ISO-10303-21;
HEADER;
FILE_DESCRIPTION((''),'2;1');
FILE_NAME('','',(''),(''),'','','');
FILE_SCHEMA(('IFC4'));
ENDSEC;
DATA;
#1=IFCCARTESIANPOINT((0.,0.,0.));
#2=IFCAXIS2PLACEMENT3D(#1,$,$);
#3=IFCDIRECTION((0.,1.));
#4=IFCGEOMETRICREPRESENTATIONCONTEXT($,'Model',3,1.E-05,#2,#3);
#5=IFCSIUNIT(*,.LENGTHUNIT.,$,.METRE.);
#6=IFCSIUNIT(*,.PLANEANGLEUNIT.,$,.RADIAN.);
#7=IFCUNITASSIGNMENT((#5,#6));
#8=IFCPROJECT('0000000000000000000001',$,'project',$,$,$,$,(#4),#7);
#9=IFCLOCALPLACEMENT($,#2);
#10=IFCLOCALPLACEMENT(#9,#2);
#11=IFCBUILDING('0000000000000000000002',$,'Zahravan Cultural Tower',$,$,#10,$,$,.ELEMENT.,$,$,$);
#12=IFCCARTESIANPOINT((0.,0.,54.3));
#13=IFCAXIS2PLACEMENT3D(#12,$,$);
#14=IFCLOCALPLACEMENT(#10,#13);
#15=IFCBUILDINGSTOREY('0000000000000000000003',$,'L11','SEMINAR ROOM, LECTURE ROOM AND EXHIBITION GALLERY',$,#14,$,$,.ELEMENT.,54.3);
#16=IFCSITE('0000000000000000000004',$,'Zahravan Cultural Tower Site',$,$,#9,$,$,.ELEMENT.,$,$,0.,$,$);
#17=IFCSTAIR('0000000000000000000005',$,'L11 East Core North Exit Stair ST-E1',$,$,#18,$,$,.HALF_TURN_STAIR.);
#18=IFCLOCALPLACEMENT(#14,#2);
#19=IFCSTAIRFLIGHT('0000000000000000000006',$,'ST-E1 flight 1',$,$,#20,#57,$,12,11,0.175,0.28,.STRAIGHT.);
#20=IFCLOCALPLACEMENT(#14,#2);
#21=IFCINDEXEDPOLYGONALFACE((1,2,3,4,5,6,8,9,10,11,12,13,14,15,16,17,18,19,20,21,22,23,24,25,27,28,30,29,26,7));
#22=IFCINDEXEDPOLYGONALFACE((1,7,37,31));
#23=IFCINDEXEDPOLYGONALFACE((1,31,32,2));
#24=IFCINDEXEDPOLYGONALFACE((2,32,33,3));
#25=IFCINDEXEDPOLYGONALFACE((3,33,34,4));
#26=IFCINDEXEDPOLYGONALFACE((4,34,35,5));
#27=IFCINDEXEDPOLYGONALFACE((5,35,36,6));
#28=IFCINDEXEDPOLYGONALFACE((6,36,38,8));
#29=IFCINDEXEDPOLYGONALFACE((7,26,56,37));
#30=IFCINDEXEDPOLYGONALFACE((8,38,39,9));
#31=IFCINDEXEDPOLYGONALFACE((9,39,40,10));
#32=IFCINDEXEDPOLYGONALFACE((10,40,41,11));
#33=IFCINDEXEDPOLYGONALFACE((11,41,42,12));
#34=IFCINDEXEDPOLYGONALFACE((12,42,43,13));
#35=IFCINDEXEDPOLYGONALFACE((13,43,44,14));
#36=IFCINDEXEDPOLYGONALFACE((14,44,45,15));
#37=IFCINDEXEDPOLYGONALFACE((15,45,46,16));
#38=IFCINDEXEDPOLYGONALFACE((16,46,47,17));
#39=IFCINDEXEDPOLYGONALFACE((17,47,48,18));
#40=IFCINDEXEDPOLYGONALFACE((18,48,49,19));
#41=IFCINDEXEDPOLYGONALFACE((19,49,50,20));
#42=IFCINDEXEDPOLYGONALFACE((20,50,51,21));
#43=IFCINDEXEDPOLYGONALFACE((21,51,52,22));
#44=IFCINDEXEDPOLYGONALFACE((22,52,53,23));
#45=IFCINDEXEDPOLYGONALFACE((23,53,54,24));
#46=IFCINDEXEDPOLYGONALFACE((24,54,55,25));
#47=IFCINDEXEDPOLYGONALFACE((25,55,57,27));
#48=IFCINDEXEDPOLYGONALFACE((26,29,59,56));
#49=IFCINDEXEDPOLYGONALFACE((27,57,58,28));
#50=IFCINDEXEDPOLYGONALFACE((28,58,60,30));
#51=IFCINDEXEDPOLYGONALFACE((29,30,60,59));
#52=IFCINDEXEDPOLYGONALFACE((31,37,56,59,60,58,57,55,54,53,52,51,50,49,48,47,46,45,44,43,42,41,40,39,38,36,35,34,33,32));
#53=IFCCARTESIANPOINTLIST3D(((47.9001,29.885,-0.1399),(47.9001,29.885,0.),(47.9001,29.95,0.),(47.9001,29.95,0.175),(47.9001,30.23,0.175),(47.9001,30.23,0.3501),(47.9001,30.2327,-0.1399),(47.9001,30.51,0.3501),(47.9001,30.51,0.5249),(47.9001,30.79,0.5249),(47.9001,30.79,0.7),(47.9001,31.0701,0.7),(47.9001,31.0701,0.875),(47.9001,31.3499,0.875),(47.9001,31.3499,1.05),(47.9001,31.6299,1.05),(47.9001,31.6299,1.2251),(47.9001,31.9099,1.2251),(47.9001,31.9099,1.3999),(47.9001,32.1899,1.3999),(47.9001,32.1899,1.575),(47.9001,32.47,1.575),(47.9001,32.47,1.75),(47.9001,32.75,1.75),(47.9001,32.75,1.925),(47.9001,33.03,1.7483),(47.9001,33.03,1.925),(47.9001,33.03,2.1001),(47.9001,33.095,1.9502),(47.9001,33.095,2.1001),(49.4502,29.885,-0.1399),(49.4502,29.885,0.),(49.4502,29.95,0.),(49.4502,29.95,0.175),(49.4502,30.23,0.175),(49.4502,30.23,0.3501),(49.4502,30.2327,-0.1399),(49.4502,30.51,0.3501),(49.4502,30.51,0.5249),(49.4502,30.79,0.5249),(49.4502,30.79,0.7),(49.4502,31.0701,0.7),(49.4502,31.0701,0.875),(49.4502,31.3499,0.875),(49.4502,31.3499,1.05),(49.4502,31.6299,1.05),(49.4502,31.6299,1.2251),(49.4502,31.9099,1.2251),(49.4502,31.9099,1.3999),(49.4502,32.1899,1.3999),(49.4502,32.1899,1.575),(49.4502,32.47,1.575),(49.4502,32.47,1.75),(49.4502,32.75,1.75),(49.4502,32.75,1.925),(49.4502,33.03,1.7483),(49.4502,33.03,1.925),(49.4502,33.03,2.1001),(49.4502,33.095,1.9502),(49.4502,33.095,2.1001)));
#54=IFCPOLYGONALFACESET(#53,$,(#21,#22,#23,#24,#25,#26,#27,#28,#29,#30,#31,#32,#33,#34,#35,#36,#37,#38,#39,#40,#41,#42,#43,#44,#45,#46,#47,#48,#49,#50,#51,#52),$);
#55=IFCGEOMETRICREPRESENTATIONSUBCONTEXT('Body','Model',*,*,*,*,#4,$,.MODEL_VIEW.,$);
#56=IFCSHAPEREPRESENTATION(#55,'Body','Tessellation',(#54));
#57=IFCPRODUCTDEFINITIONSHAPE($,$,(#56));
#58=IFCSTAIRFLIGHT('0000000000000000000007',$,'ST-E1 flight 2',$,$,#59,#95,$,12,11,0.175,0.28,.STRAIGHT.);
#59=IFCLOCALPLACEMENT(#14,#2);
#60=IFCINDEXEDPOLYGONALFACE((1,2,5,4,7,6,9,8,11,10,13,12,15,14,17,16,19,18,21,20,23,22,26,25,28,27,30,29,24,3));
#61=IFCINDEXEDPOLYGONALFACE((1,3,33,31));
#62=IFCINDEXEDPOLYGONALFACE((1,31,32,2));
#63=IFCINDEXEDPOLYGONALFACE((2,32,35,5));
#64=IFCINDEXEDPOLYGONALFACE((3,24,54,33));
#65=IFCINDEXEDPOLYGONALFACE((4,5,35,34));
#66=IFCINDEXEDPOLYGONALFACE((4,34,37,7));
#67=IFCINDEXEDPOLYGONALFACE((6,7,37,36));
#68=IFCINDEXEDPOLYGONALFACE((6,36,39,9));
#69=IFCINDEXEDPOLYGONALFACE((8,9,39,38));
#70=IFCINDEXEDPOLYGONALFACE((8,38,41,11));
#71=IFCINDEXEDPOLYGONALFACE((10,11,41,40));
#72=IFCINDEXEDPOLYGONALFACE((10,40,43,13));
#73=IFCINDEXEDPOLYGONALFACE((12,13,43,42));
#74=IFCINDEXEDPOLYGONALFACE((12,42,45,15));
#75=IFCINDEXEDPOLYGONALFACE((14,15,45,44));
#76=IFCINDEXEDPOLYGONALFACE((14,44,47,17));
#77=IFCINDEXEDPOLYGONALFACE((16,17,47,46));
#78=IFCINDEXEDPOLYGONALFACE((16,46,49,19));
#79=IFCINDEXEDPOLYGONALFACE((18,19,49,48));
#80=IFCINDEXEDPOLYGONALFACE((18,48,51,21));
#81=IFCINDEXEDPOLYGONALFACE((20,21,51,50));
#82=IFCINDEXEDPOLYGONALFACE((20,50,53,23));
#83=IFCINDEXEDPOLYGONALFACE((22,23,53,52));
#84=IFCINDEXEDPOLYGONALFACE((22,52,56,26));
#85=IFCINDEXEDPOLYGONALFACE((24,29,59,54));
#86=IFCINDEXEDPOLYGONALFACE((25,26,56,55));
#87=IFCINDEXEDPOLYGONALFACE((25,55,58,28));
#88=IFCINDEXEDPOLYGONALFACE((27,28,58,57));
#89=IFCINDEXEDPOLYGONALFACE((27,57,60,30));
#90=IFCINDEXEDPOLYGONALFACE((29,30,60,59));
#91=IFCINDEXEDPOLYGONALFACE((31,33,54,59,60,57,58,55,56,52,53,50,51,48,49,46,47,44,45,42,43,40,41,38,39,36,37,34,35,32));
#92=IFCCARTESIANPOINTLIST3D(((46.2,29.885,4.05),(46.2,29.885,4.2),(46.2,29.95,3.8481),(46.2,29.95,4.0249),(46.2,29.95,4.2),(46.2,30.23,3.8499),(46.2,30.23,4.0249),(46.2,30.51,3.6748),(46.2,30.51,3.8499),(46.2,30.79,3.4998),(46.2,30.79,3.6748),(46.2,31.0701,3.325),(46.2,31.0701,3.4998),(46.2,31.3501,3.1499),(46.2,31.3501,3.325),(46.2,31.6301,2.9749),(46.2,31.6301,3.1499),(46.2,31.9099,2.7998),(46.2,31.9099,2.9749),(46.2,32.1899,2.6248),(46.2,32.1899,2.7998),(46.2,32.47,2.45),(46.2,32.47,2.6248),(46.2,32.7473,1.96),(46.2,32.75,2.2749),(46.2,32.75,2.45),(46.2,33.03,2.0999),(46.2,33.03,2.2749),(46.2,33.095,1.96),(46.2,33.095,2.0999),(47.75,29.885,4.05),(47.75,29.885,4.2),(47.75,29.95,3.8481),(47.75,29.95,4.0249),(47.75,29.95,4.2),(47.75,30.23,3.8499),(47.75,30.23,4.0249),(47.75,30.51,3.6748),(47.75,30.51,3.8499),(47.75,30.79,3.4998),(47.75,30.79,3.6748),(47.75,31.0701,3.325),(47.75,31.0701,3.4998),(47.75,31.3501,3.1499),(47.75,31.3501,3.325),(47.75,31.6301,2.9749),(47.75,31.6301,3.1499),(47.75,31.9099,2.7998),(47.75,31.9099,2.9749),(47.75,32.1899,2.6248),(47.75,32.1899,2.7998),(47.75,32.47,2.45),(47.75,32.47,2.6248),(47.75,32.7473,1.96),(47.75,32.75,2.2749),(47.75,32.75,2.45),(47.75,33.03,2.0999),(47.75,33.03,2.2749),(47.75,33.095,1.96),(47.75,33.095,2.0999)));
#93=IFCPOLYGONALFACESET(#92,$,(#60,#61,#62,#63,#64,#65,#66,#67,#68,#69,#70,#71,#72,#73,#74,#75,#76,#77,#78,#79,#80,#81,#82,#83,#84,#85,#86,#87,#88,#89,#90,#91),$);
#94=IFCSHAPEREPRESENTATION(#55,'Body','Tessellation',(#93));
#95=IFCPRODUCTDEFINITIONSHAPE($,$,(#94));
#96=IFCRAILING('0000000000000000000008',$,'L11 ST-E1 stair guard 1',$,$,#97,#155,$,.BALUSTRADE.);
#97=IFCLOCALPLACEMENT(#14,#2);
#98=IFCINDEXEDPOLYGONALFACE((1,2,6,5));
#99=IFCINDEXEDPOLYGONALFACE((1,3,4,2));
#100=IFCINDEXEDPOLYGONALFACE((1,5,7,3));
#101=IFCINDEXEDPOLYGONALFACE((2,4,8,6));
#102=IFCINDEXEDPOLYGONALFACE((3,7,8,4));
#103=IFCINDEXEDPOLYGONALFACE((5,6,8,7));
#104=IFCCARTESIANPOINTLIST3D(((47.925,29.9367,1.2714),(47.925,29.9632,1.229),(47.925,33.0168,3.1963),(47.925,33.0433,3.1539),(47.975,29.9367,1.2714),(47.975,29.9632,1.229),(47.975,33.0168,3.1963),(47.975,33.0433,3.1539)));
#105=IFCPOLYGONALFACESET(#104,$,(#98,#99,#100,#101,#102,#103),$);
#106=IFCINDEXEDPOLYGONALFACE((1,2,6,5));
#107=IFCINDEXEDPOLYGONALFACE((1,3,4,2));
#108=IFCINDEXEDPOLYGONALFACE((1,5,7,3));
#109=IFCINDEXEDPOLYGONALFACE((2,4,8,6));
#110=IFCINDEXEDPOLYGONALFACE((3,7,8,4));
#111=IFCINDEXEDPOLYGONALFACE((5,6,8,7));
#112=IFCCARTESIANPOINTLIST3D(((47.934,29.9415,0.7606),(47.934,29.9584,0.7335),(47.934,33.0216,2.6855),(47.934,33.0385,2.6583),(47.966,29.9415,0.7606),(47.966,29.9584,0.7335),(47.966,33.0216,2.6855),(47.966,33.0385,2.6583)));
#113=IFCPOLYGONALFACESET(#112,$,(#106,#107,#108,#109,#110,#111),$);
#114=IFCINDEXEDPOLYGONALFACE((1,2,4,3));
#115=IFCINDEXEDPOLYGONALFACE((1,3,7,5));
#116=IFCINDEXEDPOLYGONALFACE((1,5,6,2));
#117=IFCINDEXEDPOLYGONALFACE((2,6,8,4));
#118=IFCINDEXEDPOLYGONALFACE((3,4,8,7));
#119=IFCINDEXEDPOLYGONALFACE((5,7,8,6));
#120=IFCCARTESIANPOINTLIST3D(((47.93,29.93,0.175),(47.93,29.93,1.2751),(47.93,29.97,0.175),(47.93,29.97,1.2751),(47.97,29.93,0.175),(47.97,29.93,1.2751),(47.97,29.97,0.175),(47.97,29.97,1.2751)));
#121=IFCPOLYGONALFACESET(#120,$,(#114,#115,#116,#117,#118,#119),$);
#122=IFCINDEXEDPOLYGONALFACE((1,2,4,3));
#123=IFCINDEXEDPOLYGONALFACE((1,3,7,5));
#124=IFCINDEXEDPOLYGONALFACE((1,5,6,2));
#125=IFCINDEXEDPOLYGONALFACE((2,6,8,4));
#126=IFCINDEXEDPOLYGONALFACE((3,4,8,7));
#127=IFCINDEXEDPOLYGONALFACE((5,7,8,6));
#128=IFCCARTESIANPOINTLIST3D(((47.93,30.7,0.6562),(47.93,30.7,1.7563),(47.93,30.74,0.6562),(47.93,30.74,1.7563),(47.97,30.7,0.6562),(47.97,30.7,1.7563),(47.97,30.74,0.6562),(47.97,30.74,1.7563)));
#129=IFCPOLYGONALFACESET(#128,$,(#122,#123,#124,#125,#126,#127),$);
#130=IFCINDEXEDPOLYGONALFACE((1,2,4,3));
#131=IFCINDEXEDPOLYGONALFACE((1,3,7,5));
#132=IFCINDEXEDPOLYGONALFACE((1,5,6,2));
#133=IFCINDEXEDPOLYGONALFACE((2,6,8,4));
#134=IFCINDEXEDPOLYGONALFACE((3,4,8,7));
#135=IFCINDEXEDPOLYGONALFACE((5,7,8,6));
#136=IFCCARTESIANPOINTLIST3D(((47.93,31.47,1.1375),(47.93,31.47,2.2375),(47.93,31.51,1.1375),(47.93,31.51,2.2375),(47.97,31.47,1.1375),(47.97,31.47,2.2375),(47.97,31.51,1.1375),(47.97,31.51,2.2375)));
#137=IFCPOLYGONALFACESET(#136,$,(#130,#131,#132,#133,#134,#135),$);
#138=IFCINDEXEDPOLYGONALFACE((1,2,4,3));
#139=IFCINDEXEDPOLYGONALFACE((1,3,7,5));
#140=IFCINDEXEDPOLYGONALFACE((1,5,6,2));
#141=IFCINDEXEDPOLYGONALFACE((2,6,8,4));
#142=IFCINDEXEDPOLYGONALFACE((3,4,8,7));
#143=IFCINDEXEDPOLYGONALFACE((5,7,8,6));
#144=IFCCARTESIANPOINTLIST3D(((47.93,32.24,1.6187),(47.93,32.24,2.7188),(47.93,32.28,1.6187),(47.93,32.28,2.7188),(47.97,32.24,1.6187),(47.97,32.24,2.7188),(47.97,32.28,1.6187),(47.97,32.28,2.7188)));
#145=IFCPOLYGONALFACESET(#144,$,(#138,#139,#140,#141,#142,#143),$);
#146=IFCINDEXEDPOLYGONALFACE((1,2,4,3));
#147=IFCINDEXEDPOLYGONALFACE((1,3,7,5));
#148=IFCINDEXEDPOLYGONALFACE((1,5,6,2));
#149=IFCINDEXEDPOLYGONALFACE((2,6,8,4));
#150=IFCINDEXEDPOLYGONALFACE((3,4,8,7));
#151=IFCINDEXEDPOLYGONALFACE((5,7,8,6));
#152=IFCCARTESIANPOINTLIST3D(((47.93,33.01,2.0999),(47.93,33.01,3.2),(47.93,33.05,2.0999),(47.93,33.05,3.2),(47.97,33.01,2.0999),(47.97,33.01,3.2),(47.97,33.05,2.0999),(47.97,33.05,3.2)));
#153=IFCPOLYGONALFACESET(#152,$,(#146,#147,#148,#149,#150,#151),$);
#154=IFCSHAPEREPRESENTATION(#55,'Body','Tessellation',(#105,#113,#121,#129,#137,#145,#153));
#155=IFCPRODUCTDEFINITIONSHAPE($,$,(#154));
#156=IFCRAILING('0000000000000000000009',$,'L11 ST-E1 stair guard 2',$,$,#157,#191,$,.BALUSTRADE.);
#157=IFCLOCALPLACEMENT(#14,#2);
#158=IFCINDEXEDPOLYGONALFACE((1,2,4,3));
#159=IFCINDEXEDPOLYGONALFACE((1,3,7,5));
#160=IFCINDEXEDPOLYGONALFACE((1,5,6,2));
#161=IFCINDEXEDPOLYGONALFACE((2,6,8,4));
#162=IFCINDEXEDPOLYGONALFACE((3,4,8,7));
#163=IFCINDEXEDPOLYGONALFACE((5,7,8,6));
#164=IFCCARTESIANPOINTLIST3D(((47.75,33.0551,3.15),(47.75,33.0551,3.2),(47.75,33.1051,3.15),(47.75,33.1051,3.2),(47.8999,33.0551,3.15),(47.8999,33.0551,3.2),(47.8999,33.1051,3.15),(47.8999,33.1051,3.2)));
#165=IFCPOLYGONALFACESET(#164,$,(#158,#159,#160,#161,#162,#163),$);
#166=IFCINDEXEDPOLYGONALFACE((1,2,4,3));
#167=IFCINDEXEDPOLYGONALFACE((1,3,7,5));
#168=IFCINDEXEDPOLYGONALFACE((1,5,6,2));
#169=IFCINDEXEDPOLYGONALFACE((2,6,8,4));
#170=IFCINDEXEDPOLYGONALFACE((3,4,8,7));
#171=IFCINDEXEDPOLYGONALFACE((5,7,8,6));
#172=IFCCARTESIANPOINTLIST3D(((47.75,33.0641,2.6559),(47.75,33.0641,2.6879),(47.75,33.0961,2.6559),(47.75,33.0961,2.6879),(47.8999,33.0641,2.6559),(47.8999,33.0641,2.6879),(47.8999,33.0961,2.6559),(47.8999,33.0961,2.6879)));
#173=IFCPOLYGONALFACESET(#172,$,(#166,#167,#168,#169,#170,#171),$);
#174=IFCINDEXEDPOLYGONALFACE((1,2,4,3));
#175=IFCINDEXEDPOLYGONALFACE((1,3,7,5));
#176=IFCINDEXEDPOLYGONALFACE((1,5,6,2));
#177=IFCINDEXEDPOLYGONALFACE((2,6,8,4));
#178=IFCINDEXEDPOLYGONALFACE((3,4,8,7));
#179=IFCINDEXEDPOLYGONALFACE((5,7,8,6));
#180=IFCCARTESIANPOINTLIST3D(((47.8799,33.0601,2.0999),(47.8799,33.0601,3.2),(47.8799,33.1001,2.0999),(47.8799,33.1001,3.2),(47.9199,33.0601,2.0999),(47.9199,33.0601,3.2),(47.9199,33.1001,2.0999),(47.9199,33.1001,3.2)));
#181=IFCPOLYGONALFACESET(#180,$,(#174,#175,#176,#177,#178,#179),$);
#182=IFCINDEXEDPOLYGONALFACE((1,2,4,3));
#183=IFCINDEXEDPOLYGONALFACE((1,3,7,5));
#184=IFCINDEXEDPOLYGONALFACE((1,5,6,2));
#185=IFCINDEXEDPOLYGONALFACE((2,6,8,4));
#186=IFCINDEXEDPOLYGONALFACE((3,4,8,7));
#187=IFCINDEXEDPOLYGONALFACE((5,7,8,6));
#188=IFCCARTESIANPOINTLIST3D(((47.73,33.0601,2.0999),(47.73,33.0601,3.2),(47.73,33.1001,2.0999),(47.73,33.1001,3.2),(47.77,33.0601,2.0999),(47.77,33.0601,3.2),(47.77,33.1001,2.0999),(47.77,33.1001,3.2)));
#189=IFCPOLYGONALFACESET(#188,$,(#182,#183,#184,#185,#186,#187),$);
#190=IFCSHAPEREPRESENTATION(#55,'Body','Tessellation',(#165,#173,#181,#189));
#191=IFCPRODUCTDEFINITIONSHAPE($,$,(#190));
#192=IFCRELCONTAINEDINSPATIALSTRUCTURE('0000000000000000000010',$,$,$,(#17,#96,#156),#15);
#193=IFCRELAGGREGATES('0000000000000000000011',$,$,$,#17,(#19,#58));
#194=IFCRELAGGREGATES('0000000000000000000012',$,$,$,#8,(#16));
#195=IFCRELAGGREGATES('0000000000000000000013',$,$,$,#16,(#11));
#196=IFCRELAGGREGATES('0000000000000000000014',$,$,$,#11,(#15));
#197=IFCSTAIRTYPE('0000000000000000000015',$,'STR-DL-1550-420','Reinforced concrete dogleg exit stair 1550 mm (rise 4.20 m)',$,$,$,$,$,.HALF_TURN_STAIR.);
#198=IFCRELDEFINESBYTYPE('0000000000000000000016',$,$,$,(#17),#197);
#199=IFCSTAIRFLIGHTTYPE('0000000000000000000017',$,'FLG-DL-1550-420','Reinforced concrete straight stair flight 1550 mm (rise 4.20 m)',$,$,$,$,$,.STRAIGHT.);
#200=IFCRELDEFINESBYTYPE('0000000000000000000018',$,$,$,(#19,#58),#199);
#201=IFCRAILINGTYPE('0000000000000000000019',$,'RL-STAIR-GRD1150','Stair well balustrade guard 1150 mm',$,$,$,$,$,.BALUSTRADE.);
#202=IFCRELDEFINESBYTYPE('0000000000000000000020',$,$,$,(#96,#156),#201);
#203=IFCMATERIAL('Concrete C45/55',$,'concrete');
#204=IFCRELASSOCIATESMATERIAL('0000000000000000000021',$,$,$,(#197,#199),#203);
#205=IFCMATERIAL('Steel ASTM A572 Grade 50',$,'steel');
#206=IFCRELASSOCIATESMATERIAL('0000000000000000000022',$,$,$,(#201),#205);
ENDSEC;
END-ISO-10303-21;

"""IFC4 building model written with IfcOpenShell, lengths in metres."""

from ifc_helpers import new_model, si_unit, direction, frame, origin, origin_2d, place, context, subcontext, project, spatial, polyline, rectangle, outline, extrude, material, type_object, element, aggregate, save


model = new_model("IFC4")

# Units and contexts
model_context = context("Model", 3, precision=1e-05, world=origin(), true_north=direction((0.0, 1.0)))
body_context = subcontext(model_context, "Body", "Model", "MODEL_VIEW")
ifc_project = project(units=[si_unit("LENGTHUNIT", "METRE"), si_unit("PLANEANGLEUNIT", "RADIAN")], contexts=[model_context])

# Site, building, storey
site_placement = place(None, origin())
site = spatial("IfcSite", under=ifc_project, at=site_placement, Name="Zahravan Cultural Tower Site", CompositionType="ELEMENT", RefElevation=0.0)
building_placement = place(site_placement, origin())
building = spatial("IfcBuilding", under=site, at=building_placement, Name="Zahravan Cultural Tower", CompositionType="ELEMENT")
storey_placement = place(building_placement, frame((0.0, 0.0, 54.3)))
storey = spatial("IfcBuildingStorey", under=building, at=storey_placement, Name="L11", Description="SEMINAR ROOM, LECTURE ROOM AND EXHIBITION GALLERY", CompositionType="ELEMENT", Elevation=54.3)

# Shared definitions
ifc_material_1 = material(Name="Steel ASTM A572 Grade 50", Category="steel")
ifc_material_2 = material(Name="Concrete C45/55", Category="concrete")

# Stair, stair flights
stair_type = type_object("IfcStairType", Name="STR-DL-1550-420", Description="Reinforced concrete dogleg exit stair 1550 mm (rise 4.20 m)", PredefinedType="HALF_TURN_STAIR", material=ifc_material_2)
stair_placement = place(storey_placement, origin())
stair = element("IfcStair", 1, at=stair_placement, inside=storey, type_object=stair_type, Name="L11 East Core North Exit Stair ST-E1", PredefinedType="HALF_TURN_STAIR")
stair_flight_type = type_object("IfcStairFlightType", Name="FLG-DL-1550-420", Description="Reinforced concrete straight stair flight 1550 mm (rise 4.20 m)", PredefinedType="STRAIGHT", material=ifc_material_2)
stair_flight_1_placement = place(storey_placement, frame((48.675, 29.95, 0.0), z_axis=(0.0, 0.0, 1.0), x_axis=(0.0, 1.0, 0.0)))
stair_flight_1 = element("IfcStairFlight", 2, at=stair_flight_1_placement, type_object=stair_flight_type, Name="ST-E1 flight 1", NumberOfRisers=12, NumberOfTreads=11, PredefinedType="STRAIGHT", RiserHeight=0.175, TreadLength=0.28, context=body_context, shape_type="SweptSolid", body=[
    extrude(outline(polyline([(-0.0649, -0.1399), (-0.0649, 0.0), (0.0, 0.0), (0.0, 0.175), (0.28, 0.175), (0.28, 0.3501), (0.5601, 0.3501), (0.5601, 0.5249), (0.8401, 0.5249), (0.8401, 0.7), (1.1201, 0.7), (1.1201, 0.875), (1.3999, 0.875), (1.3999, 1.05), (1.6799, 1.05), (1.6799, 1.2251), (1.96, 1.2251), (1.96, 1.3999), (2.24, 1.3999), (2.24, 1.575), (2.52, 1.575), (2.52, 1.75), (2.8, 1.75), (2.8, 1.925), (3.0801, 1.925), (3.0801, 2.1001), (3.145, 2.1001), (3.145, 1.9502), (3.0801, 1.7483), (0.2827, -0.1399), (-0.0649, -0.1399)])), frame((0.0, 0.7749, 0.0), z_axis=(0.0, -1.0, 0.0), x_axis=(1.0, 0.0, 0.0)), (0.0, 0.0, 1.0), 1.55),
])
stair_flight_2_placement = place(storey_placement, frame((46.9751, 33.03, 2.0999), z_axis=(0.0, 0.0, 1.0), x_axis=(0.0, -1.0, 0.0)))
stair_flight_2 = element("IfcStairFlight", 3, at=stair_flight_2_placement, type_object=stair_flight_type, Name="ST-E1 flight 2", NumberOfRisers=12, NumberOfTreads=11, PredefinedType="STRAIGHT", RiserHeight=0.175, TreadLength=0.28, context=body_context, shape_type="SweptSolid", body=[
    extrude(outline(polyline([(-0.0649, -0.1399), (-0.0649, 0.0), (0.0, 0.0), (0.0, 0.175), (0.28, 0.175), (0.28, 0.3501), (0.5601, 0.3501), (0.5601, 0.5249), (0.8401, 0.5249), (0.8401, 0.7), (1.1201, 0.7), (1.1201, 0.875), (1.3999, 0.875), (1.3999, 1.05), (1.6799, 1.05), (1.6799, 1.2251), (1.96, 1.2251), (1.96, 1.3999), (2.24, 1.3999), (2.24, 1.575), (2.52, 1.575), (2.52, 1.75), (2.8, 1.75), (2.8, 1.925), (3.0801, 1.925), (3.0801, 2.1001), (3.145, 2.1001), (3.145, 1.9502), (3.0801, 1.7483), (0.2827, -0.1399), (-0.0649, -0.1399)])), frame((0.0, 0.7749, 0.0), z_axis=(0.0, -1.0, 0.0), x_axis=(1.0, 0.0, 0.0)), (0.0, 0.0, 1.0), 1.55),
])
aggregate(stair, [stair_flight_1, stair_flight_2])

# Railings
railing_type_1 = type_object("IfcRailingType", Name="RL-STAIR-GRD1150", Description="Stair well balustrade guard 1150 mm", PredefinedType="BALUSTRADE", material=ifc_material_1)
railing_1_placement = place(storey_placement, frame((47.95, 29.95, 0.175)))
element("IfcRailing", 4, at=railing_1_placement, inside=storey, type_object=railing_type_1, Name="L11 ST-E1 stair guard 1", PredefinedType="BALUSTRADE", context=body_context, shape_type="SweptSolid", body=[
    extrude(rectangle(XDim=0.05, YDim=0.05, at=origin_2d()), frame((0.0, 0.0, 1.0752), z_axis=(0.0, 0.848029, 0.529951), x_axis=(-1.0, 0.0, 0.0)), (0.0, 0.0, 1.0), 3.6321),
    extrude(rectangle(XDim=0.032, YDim=0.032, at=origin_2d()), frame((0.0, 0.0, 0.572), z_axis=(0.0, 0.848029, 0.529951), x_axis=(-1.0, 0.0, 0.0)), (0.0, 0.0, 1.0), 3.6321),
    extrude(rectangle(XDim=0.04, YDim=0.04, at=origin_2d()), origin(), (0.0, 0.0, 1.0), 1.1001),
    extrude(rectangle(XDim=0.04, YDim=0.04, at=origin_2d()), frame((0.0, 0.77, 0.4812)), (0.0, 0.0, 1.0), 1.1001),
    extrude(rectangle(XDim=0.04, YDim=0.04, at=origin_2d()), frame((0.0, 1.54, 0.9624)), (0.0, 0.0, 1.0), 1.1001),
    extrude(rectangle(XDim=0.04, YDim=0.04, at=origin_2d()), frame((0.0, 2.3101, 1.4436)), (0.0, 0.0, 1.0), 1.1001),
    extrude(rectangle(XDim=0.04, YDim=0.04, at=origin_2d()), frame((0.0, 3.0801, 1.9248)), (0.0, 0.0, 1.0), 1.1001),
])
railing_2_placement = place(storey_placement, frame((47.8999, 33.0801, 2.0999)))
element("IfcRailing", 5, at=railing_2_placement, inside=storey, type_object=railing_type_1, Name="L11 ST-E1 stair guard 2", PredefinedType="BALUSTRADE", context=body_context, shape_type="SweptSolid", body=[
    extrude(rectangle(XDim=0.05, YDim=0.05, at=origin_2d()), frame((0.0, 0.0, 1.0752), z_axis=(-1.0, 0.0, 0.0), x_axis=(0.0, -1.0, 0.0)), (0.0, 0.0, 1.0), 0.1499),
    extrude(rectangle(XDim=0.032, YDim=0.032, at=origin_2d()), frame((0.0, 0.0, 0.572), z_axis=(-1.0, 0.0, 0.0), x_axis=(0.0, -1.0, 0.0)), (0.0, 0.0, 1.0), 0.1499),
    extrude(rectangle(XDim=0.04, YDim=0.04, at=origin_2d()), origin(), (0.0, 0.0, 1.0), 1.1001),
    extrude(rectangle(XDim=0.04, YDim=0.04, at=origin_2d()), frame((-0.1499, 0.0, 0.0)), (0.0, 0.0, 1.0), 1.1001),
])

save(model, "model.ifc")
